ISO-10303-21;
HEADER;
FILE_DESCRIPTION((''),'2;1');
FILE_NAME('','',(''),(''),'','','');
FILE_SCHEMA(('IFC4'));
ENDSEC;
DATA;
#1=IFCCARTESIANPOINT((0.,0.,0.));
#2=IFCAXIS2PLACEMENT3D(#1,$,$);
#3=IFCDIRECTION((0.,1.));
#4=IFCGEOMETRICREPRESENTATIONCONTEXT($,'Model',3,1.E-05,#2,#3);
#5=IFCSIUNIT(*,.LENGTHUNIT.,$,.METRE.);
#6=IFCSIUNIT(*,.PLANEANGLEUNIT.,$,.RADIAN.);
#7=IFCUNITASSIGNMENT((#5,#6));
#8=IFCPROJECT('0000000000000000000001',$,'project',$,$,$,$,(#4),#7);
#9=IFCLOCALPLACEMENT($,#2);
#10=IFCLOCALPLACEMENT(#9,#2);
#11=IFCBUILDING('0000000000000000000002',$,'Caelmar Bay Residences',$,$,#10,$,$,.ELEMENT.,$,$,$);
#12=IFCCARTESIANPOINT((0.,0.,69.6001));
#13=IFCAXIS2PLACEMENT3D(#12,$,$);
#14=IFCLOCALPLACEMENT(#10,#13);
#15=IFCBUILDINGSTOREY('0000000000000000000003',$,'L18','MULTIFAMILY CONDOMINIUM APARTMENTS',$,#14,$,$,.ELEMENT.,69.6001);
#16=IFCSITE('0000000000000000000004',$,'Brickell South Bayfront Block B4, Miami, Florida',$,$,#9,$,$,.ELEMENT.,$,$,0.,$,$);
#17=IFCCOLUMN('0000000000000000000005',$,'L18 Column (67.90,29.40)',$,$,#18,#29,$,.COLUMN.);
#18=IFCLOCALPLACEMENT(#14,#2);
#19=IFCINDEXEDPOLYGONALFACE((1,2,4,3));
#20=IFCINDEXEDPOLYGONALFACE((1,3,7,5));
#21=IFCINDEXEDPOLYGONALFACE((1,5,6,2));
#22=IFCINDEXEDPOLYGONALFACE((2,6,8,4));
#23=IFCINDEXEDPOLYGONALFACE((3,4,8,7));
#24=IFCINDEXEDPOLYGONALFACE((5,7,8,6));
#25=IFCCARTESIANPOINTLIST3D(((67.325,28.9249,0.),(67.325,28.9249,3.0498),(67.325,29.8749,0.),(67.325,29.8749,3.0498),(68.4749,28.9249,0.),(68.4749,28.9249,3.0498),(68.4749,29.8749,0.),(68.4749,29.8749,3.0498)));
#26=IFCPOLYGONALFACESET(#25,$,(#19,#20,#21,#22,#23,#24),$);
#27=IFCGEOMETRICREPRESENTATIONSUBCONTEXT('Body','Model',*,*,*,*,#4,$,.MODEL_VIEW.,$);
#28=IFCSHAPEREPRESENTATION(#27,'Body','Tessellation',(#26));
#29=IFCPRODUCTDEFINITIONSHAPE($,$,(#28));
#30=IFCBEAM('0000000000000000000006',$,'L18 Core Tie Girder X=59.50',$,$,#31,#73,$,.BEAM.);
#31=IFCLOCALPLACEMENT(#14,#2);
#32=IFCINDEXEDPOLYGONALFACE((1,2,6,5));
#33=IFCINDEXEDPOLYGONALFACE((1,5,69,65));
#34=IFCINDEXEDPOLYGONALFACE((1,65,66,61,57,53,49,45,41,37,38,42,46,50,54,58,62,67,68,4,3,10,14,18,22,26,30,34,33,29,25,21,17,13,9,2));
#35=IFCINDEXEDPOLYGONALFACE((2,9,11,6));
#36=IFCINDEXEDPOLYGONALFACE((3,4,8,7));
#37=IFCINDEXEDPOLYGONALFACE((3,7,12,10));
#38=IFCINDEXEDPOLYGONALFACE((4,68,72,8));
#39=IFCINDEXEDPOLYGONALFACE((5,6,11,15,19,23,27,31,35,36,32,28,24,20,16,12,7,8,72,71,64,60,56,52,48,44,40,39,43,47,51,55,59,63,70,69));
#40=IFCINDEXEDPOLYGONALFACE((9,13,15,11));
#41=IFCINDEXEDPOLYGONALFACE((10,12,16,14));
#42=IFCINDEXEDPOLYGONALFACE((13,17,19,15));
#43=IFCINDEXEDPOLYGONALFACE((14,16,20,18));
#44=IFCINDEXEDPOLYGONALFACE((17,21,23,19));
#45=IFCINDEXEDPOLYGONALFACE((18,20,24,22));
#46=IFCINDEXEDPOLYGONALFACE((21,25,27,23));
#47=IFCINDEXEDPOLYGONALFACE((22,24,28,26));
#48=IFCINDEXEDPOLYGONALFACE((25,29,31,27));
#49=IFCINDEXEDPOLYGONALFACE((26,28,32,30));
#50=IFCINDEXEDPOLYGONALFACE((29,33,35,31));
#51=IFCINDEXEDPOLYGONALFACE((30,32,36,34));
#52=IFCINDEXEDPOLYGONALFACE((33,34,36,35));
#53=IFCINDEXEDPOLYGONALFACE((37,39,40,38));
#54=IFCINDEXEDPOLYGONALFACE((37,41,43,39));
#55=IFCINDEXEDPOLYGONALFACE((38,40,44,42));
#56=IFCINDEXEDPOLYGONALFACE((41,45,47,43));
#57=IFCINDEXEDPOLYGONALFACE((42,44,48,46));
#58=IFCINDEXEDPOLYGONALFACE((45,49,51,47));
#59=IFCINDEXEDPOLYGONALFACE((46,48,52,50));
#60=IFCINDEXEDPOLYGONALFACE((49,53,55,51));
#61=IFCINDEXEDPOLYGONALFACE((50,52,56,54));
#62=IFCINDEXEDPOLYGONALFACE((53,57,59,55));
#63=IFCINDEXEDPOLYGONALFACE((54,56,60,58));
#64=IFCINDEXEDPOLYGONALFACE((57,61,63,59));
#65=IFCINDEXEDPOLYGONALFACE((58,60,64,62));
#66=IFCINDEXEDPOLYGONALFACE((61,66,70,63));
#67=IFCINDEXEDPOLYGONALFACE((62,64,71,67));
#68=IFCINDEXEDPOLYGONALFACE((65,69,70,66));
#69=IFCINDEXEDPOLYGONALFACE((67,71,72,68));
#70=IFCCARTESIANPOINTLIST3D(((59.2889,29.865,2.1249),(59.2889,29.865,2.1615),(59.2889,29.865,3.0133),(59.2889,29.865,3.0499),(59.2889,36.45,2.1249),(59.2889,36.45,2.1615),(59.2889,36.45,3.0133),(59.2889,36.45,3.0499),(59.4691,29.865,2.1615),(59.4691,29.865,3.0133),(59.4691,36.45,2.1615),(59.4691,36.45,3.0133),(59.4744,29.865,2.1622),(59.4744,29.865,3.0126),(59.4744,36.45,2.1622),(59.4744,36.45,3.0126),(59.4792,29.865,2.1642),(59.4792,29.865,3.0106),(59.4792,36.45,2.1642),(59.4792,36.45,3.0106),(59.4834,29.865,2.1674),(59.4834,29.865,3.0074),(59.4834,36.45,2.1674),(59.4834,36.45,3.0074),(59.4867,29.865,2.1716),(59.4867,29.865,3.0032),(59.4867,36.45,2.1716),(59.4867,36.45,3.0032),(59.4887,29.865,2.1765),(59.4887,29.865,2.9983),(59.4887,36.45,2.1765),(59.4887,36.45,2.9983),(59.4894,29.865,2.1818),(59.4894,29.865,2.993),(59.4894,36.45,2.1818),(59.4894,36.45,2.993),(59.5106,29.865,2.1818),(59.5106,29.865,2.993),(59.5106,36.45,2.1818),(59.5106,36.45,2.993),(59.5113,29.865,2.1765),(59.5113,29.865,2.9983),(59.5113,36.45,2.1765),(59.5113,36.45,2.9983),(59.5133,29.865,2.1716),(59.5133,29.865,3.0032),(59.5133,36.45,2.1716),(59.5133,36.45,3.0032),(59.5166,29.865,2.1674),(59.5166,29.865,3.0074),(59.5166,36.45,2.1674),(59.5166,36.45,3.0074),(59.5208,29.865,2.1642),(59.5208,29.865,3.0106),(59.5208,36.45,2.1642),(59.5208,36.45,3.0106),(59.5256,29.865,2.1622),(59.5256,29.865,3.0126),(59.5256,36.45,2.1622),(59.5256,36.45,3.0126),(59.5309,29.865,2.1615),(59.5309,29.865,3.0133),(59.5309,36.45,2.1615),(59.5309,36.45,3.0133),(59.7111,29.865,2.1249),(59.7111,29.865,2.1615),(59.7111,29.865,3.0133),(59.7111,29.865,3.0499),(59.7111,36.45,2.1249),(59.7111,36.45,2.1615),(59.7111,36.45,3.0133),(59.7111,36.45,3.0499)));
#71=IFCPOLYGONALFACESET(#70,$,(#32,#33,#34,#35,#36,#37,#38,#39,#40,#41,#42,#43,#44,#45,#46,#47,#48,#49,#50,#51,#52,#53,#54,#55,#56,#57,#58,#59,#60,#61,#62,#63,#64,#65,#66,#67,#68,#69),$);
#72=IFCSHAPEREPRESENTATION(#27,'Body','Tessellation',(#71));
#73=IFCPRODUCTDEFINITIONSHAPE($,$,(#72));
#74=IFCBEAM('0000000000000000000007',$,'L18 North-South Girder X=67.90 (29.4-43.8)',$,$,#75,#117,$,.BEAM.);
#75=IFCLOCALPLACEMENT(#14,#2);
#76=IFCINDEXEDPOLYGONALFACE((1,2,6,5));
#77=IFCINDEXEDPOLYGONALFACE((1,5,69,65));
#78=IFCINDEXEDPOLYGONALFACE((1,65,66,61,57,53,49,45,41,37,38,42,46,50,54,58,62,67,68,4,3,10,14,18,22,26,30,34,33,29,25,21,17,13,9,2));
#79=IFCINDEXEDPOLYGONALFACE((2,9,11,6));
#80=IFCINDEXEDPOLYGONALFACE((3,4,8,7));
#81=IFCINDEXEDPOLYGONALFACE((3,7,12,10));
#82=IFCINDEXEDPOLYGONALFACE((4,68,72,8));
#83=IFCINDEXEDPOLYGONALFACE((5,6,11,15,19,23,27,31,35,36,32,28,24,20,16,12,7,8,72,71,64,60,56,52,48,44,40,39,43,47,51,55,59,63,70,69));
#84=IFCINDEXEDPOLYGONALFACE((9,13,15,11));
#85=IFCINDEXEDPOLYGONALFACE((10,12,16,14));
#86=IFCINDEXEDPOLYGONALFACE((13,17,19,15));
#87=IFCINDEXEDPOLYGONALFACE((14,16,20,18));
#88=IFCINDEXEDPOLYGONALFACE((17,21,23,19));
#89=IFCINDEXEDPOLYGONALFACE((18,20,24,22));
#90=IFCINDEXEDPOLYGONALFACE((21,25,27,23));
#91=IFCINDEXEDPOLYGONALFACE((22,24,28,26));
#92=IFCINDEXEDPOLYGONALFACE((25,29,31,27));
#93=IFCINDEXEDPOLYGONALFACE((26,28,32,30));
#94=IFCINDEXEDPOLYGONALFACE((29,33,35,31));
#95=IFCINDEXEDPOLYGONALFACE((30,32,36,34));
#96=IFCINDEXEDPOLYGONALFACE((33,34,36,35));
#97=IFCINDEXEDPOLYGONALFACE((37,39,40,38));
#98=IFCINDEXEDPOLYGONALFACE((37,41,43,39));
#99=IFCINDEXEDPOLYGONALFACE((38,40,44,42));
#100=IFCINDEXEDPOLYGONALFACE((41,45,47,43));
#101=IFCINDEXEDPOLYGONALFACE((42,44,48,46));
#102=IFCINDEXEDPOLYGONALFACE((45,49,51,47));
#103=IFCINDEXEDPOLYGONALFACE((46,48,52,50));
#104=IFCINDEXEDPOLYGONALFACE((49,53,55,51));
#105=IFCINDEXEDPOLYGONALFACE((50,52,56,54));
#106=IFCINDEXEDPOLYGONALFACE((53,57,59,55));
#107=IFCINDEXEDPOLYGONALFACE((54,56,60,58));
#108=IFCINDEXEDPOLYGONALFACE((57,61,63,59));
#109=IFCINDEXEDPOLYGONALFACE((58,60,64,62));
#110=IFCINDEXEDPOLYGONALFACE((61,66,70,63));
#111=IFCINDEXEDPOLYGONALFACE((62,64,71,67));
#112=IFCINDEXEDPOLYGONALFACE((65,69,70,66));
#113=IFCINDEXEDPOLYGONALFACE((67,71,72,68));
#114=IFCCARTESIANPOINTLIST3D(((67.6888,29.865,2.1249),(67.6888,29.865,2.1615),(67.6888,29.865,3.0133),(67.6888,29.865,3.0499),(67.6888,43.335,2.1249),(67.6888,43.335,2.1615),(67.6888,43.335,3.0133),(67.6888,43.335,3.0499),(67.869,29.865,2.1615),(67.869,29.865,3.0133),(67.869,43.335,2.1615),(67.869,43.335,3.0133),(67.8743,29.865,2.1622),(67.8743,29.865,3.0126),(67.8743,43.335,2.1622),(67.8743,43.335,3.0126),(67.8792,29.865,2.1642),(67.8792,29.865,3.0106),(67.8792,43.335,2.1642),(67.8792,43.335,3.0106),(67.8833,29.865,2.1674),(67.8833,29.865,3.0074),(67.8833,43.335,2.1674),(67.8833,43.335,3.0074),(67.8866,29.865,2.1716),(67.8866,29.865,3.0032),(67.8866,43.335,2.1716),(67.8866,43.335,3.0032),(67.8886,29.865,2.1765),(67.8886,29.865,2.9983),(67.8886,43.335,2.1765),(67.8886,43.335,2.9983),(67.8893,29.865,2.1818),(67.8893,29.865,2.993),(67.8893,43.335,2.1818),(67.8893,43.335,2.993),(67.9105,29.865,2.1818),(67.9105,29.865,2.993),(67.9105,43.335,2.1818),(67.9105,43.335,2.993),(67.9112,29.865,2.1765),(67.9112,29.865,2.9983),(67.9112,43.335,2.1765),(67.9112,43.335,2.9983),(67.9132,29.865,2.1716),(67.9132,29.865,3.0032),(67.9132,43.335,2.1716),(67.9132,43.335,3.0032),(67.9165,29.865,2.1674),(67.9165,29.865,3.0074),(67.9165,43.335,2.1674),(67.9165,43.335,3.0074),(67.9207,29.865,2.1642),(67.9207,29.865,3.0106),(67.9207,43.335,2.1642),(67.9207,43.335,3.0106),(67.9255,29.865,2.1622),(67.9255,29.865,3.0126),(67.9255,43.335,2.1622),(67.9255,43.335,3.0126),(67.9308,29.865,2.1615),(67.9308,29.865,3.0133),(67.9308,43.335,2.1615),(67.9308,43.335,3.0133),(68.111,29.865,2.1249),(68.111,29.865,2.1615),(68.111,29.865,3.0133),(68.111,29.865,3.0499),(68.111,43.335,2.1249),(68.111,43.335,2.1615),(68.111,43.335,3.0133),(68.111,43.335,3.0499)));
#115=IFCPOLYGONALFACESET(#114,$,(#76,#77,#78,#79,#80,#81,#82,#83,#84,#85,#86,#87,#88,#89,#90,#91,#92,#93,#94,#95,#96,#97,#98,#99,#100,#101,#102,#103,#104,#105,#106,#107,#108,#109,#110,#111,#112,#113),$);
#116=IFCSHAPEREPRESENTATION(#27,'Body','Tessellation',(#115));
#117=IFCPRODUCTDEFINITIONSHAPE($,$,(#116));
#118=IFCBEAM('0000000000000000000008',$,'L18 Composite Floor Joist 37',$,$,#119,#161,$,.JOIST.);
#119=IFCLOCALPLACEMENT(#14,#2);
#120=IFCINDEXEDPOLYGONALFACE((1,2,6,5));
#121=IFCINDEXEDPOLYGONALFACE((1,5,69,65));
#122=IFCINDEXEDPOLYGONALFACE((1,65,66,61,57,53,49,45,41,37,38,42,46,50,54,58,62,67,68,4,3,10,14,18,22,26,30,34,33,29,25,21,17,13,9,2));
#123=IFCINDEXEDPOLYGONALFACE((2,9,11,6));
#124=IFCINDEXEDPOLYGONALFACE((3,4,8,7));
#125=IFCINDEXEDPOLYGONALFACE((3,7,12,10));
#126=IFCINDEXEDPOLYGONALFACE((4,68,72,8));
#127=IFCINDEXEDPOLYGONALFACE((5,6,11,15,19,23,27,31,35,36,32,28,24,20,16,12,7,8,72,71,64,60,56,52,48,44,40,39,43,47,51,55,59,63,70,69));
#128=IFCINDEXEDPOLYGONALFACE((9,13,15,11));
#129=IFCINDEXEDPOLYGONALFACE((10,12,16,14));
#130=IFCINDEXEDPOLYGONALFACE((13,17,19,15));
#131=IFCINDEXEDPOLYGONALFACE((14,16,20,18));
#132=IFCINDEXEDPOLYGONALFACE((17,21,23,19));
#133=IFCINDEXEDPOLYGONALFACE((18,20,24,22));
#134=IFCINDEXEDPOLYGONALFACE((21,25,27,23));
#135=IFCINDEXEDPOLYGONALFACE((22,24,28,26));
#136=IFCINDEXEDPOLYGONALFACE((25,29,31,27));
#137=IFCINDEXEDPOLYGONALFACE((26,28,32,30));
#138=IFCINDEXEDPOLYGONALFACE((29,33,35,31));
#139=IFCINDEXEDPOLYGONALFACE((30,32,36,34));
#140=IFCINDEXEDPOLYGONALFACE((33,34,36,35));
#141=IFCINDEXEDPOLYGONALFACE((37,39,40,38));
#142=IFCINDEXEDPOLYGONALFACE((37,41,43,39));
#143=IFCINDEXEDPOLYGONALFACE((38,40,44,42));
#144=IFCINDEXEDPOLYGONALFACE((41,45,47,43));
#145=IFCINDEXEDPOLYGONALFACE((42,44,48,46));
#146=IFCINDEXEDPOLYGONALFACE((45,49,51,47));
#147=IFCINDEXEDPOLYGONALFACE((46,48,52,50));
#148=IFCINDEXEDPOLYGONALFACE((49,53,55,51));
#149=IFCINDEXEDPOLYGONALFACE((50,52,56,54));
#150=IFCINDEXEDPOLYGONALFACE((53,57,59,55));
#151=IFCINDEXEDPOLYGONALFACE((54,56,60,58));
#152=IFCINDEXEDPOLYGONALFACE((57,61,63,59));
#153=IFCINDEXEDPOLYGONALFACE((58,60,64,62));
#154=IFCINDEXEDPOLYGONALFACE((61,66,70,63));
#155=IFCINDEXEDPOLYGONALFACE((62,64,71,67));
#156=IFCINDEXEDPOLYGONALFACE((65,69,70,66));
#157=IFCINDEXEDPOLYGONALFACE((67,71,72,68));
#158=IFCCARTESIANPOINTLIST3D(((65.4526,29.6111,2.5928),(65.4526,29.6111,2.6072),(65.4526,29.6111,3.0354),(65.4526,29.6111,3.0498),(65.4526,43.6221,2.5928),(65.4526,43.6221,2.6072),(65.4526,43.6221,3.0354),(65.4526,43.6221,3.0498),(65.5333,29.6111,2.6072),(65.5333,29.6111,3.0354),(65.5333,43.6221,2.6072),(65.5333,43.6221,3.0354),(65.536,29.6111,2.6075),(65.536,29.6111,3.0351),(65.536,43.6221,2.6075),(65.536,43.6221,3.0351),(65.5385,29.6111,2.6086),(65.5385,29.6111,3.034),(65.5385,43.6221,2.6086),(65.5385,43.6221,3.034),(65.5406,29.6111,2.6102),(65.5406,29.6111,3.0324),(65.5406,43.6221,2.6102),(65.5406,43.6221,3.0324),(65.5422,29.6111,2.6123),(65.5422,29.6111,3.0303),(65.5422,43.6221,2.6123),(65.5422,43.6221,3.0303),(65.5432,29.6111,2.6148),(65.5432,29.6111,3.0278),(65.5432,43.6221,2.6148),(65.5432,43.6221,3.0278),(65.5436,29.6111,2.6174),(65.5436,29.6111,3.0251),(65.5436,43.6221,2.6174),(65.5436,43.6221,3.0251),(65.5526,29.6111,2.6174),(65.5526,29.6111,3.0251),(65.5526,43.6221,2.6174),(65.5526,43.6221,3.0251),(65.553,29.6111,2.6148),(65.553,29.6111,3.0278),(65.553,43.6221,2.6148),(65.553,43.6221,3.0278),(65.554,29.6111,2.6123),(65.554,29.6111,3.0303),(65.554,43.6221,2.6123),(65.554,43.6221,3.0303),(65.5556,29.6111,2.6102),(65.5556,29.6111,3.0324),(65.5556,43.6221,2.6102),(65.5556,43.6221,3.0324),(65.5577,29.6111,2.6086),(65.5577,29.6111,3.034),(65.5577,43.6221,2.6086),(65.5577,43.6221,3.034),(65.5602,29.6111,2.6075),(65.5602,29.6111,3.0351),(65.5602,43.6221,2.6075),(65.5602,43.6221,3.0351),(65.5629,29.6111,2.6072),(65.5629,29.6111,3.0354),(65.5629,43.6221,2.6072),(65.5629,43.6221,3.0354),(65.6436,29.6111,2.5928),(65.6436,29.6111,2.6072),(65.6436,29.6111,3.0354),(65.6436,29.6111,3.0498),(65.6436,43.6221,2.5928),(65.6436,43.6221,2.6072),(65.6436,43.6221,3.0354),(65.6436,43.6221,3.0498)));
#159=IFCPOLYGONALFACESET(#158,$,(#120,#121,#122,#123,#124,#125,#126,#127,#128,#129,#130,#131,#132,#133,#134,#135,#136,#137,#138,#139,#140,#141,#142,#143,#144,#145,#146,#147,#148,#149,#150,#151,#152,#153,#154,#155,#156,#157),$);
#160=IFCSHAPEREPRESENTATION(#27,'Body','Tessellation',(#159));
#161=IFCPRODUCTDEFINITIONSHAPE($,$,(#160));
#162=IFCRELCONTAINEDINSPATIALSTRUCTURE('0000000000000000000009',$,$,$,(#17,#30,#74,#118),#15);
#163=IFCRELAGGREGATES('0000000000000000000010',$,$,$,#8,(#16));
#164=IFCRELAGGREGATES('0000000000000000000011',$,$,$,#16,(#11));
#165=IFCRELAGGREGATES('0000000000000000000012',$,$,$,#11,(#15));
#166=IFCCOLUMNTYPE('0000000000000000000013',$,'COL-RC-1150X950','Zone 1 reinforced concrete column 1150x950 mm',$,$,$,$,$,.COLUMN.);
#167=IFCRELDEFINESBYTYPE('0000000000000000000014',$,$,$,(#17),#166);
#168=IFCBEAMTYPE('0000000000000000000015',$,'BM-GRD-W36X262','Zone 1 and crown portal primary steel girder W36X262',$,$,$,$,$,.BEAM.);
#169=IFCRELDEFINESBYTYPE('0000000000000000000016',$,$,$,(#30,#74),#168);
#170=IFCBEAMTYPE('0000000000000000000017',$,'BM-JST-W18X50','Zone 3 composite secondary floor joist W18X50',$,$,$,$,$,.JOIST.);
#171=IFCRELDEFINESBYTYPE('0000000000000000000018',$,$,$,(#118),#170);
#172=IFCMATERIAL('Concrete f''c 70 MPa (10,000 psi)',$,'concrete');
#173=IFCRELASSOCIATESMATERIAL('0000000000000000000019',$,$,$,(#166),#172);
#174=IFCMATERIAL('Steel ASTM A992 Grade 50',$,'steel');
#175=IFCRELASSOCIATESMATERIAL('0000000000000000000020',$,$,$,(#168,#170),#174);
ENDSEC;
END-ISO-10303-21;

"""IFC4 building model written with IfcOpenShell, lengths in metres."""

from ifc_helpers import new_model, si_unit, direction, frame, origin, origin_2d, place, context, subcontext, project, spatial, rectangle, i_section, extrude, material, material_profile, profile_set, type_object, element, save


model = new_model("IFC4")

# Units and contexts
model_context = context("Model", 3, precision=1e-05, world=origin(), true_north=direction((0.0, 1.0)))
body_context = subcontext(model_context, "Body", "Model", "MODEL_VIEW")
ifc_project = project(units=[si_unit("LENGTHUNIT", "METRE"), si_unit("PLANEANGLEUNIT", "RADIAN")], contexts=[model_context])

# Site, building, storey
site_placement = place(None, origin())
site = spatial("IfcSite", under=ifc_project, at=site_placement, Name="Brickell South Bayfront Block B4, Miami, Florida", CompositionType="ELEMENT", RefElevation=0.0)
building_placement = place(site_placement, origin())
building = spatial("IfcBuilding", under=site, at=building_placement, Name="Caelmar Bay Residences", CompositionType="ELEMENT")
storey_placement = place(building_placement, frame((0.0, 0.0, 69.6001)))
storey = spatial("IfcBuildingStorey", under=building, at=storey_placement, Name="L18", Description="MULTIFAMILY CONDOMINIUM APARTMENTS", CompositionType="ELEMENT", Elevation=69.6001)

# Column
ifc_material_1 = material(Name="Concrete f'c 70 MPa (10,000 psi)", Category="concrete")
ifc_material_profile_1 = material_profile(ifc_material_1, rectangle(XDim=1.1499, YDim=0.95, at=origin_2d()), Name="RC-COL-1150X950")
ifc_profile_set_1 = profile_set([ifc_material_profile_1], Name="Concrete f'c 70 MPa (10,000 psi)")
column_type = type_object("IfcColumnType", Name="COL-RC-1150X950", Description="Zone 1 reinforced concrete column 1150x950 mm", PredefinedType="COLUMN", material=ifc_profile_set_1)
column_placement = place(storey_placement, frame((67.8999, 29.3999, 0.0), z_axis=(0.0, 0.0, 1.0), x_axis=(1.0, 0.0, 0.0)))
element("IfcColumn", 1, at=column_placement, inside=storey, type_object=column_type, Name="L18 Column (67.90,29.40)", PredefinedType="COLUMN", context=body_context, shape_type="SweptSolid", body=[
    extrude(rectangle(XDim=1.1499, YDim=0.95, at=origin_2d()), origin(), (0.0, 0.0, 1.0), 3.0498),
])

# Beams
ifc_material_2 = material(Name="Steel ASTM A992 Grade 50", Category="steel")
ifc_material_profile_2 = material_profile(ifc_material_2, i_section(OverallWidth=0.4221, OverallDepth=0.925, WebThickness=0.0212, FlangeThickness=0.0366, FilletRadius=0.0203, at=origin_2d()), Name="W36X262")
ifc_profile_set_2 = profile_set([ifc_material_profile_2], Name="Steel ASTM A992 Grade 50")
beam_type_1 = type_object("IfcBeamType", Name="BM-GRD-W36X262", Description="Zone 1 and crown portal primary steel girder W36X262", PredefinedType="BEAM", material=ifc_profile_set_2)
beam_1_placement = place(storey_placement, frame((59.5, 29.865, 2.5874), z_axis=(0.0, 1.0, 0.0), x_axis=(-1.0, 0.0, 0.0)))
element("IfcBeam", 2, at=beam_1_placement, inside=storey, type_object=beam_type_1, Name="L18 Core Tie Girder X=59.50", PredefinedType="BEAM", context=body_context, shape_type="SweptSolid", body=[
    extrude(i_section(OverallWidth=0.4221, OverallDepth=0.925, WebThickness=0.0212, FlangeThickness=0.0366, FilletRadius=0.0203, at=origin_2d()), origin(), (0.0, 0.0, 1.0), 6.585),
])
beam_2_placement = place(storey_placement, frame((67.8999, 29.865, 2.5874), z_axis=(0.0, 1.0, 0.0), x_axis=(-1.0, 0.0, 0.0)))
element("IfcBeam", 3, at=beam_2_placement, inside=storey, type_object=beam_type_1, Name="L18 North-South Girder X=67.90 (29.4-43.8)", PredefinedType="BEAM", context=body_context, shape_type="SweptSolid", body=[
    extrude(i_section(OverallWidth=0.4221, OverallDepth=0.925, WebThickness=0.0212, FlangeThickness=0.0366, FilletRadius=0.0203, at=origin_2d()), origin(), (0.0, 0.0, 1.0), 13.47),
])
ifc_material_profile_3 = material_profile(ifc_material_2, i_section(OverallWidth=0.1909, OverallDepth=0.457, WebThickness=0.009, FlangeThickness=0.0144, FilletRadius=0.0103, at=origin_2d()), Name="W18X50")
ifc_profile_set_3 = profile_set([ifc_material_profile_3], Name="Steel ASTM A992 Grade 50")
beam_type_2 = type_object("IfcBeamType", Name="BM-JST-W18X50", Description="Zone 3 composite secondary floor joist W18X50", PredefinedType="JOIST", material=ifc_profile_set_3)
beam_3_placement = place(storey_placement, frame((65.5481, 29.6111, 2.8213), z_axis=(0.0, 1.0, 0.0), x_axis=(-1.0, 0.0, 0.0)))
element("IfcBeam", 4, at=beam_3_placement, inside=storey, type_object=beam_type_2, Name="L18 Composite Floor Joist 37", PredefinedType="JOIST", context=body_context, shape_type="SweptSolid", body=[
    extrude(i_section(OverallWidth=0.1909, OverallDepth=0.457, WebThickness=0.009, FlangeThickness=0.0144, FilletRadius=0.0103, at=origin_2d()), origin(), (0.0, 0.0, 1.0), 14.011),
])

save(model, "model.ifc")
